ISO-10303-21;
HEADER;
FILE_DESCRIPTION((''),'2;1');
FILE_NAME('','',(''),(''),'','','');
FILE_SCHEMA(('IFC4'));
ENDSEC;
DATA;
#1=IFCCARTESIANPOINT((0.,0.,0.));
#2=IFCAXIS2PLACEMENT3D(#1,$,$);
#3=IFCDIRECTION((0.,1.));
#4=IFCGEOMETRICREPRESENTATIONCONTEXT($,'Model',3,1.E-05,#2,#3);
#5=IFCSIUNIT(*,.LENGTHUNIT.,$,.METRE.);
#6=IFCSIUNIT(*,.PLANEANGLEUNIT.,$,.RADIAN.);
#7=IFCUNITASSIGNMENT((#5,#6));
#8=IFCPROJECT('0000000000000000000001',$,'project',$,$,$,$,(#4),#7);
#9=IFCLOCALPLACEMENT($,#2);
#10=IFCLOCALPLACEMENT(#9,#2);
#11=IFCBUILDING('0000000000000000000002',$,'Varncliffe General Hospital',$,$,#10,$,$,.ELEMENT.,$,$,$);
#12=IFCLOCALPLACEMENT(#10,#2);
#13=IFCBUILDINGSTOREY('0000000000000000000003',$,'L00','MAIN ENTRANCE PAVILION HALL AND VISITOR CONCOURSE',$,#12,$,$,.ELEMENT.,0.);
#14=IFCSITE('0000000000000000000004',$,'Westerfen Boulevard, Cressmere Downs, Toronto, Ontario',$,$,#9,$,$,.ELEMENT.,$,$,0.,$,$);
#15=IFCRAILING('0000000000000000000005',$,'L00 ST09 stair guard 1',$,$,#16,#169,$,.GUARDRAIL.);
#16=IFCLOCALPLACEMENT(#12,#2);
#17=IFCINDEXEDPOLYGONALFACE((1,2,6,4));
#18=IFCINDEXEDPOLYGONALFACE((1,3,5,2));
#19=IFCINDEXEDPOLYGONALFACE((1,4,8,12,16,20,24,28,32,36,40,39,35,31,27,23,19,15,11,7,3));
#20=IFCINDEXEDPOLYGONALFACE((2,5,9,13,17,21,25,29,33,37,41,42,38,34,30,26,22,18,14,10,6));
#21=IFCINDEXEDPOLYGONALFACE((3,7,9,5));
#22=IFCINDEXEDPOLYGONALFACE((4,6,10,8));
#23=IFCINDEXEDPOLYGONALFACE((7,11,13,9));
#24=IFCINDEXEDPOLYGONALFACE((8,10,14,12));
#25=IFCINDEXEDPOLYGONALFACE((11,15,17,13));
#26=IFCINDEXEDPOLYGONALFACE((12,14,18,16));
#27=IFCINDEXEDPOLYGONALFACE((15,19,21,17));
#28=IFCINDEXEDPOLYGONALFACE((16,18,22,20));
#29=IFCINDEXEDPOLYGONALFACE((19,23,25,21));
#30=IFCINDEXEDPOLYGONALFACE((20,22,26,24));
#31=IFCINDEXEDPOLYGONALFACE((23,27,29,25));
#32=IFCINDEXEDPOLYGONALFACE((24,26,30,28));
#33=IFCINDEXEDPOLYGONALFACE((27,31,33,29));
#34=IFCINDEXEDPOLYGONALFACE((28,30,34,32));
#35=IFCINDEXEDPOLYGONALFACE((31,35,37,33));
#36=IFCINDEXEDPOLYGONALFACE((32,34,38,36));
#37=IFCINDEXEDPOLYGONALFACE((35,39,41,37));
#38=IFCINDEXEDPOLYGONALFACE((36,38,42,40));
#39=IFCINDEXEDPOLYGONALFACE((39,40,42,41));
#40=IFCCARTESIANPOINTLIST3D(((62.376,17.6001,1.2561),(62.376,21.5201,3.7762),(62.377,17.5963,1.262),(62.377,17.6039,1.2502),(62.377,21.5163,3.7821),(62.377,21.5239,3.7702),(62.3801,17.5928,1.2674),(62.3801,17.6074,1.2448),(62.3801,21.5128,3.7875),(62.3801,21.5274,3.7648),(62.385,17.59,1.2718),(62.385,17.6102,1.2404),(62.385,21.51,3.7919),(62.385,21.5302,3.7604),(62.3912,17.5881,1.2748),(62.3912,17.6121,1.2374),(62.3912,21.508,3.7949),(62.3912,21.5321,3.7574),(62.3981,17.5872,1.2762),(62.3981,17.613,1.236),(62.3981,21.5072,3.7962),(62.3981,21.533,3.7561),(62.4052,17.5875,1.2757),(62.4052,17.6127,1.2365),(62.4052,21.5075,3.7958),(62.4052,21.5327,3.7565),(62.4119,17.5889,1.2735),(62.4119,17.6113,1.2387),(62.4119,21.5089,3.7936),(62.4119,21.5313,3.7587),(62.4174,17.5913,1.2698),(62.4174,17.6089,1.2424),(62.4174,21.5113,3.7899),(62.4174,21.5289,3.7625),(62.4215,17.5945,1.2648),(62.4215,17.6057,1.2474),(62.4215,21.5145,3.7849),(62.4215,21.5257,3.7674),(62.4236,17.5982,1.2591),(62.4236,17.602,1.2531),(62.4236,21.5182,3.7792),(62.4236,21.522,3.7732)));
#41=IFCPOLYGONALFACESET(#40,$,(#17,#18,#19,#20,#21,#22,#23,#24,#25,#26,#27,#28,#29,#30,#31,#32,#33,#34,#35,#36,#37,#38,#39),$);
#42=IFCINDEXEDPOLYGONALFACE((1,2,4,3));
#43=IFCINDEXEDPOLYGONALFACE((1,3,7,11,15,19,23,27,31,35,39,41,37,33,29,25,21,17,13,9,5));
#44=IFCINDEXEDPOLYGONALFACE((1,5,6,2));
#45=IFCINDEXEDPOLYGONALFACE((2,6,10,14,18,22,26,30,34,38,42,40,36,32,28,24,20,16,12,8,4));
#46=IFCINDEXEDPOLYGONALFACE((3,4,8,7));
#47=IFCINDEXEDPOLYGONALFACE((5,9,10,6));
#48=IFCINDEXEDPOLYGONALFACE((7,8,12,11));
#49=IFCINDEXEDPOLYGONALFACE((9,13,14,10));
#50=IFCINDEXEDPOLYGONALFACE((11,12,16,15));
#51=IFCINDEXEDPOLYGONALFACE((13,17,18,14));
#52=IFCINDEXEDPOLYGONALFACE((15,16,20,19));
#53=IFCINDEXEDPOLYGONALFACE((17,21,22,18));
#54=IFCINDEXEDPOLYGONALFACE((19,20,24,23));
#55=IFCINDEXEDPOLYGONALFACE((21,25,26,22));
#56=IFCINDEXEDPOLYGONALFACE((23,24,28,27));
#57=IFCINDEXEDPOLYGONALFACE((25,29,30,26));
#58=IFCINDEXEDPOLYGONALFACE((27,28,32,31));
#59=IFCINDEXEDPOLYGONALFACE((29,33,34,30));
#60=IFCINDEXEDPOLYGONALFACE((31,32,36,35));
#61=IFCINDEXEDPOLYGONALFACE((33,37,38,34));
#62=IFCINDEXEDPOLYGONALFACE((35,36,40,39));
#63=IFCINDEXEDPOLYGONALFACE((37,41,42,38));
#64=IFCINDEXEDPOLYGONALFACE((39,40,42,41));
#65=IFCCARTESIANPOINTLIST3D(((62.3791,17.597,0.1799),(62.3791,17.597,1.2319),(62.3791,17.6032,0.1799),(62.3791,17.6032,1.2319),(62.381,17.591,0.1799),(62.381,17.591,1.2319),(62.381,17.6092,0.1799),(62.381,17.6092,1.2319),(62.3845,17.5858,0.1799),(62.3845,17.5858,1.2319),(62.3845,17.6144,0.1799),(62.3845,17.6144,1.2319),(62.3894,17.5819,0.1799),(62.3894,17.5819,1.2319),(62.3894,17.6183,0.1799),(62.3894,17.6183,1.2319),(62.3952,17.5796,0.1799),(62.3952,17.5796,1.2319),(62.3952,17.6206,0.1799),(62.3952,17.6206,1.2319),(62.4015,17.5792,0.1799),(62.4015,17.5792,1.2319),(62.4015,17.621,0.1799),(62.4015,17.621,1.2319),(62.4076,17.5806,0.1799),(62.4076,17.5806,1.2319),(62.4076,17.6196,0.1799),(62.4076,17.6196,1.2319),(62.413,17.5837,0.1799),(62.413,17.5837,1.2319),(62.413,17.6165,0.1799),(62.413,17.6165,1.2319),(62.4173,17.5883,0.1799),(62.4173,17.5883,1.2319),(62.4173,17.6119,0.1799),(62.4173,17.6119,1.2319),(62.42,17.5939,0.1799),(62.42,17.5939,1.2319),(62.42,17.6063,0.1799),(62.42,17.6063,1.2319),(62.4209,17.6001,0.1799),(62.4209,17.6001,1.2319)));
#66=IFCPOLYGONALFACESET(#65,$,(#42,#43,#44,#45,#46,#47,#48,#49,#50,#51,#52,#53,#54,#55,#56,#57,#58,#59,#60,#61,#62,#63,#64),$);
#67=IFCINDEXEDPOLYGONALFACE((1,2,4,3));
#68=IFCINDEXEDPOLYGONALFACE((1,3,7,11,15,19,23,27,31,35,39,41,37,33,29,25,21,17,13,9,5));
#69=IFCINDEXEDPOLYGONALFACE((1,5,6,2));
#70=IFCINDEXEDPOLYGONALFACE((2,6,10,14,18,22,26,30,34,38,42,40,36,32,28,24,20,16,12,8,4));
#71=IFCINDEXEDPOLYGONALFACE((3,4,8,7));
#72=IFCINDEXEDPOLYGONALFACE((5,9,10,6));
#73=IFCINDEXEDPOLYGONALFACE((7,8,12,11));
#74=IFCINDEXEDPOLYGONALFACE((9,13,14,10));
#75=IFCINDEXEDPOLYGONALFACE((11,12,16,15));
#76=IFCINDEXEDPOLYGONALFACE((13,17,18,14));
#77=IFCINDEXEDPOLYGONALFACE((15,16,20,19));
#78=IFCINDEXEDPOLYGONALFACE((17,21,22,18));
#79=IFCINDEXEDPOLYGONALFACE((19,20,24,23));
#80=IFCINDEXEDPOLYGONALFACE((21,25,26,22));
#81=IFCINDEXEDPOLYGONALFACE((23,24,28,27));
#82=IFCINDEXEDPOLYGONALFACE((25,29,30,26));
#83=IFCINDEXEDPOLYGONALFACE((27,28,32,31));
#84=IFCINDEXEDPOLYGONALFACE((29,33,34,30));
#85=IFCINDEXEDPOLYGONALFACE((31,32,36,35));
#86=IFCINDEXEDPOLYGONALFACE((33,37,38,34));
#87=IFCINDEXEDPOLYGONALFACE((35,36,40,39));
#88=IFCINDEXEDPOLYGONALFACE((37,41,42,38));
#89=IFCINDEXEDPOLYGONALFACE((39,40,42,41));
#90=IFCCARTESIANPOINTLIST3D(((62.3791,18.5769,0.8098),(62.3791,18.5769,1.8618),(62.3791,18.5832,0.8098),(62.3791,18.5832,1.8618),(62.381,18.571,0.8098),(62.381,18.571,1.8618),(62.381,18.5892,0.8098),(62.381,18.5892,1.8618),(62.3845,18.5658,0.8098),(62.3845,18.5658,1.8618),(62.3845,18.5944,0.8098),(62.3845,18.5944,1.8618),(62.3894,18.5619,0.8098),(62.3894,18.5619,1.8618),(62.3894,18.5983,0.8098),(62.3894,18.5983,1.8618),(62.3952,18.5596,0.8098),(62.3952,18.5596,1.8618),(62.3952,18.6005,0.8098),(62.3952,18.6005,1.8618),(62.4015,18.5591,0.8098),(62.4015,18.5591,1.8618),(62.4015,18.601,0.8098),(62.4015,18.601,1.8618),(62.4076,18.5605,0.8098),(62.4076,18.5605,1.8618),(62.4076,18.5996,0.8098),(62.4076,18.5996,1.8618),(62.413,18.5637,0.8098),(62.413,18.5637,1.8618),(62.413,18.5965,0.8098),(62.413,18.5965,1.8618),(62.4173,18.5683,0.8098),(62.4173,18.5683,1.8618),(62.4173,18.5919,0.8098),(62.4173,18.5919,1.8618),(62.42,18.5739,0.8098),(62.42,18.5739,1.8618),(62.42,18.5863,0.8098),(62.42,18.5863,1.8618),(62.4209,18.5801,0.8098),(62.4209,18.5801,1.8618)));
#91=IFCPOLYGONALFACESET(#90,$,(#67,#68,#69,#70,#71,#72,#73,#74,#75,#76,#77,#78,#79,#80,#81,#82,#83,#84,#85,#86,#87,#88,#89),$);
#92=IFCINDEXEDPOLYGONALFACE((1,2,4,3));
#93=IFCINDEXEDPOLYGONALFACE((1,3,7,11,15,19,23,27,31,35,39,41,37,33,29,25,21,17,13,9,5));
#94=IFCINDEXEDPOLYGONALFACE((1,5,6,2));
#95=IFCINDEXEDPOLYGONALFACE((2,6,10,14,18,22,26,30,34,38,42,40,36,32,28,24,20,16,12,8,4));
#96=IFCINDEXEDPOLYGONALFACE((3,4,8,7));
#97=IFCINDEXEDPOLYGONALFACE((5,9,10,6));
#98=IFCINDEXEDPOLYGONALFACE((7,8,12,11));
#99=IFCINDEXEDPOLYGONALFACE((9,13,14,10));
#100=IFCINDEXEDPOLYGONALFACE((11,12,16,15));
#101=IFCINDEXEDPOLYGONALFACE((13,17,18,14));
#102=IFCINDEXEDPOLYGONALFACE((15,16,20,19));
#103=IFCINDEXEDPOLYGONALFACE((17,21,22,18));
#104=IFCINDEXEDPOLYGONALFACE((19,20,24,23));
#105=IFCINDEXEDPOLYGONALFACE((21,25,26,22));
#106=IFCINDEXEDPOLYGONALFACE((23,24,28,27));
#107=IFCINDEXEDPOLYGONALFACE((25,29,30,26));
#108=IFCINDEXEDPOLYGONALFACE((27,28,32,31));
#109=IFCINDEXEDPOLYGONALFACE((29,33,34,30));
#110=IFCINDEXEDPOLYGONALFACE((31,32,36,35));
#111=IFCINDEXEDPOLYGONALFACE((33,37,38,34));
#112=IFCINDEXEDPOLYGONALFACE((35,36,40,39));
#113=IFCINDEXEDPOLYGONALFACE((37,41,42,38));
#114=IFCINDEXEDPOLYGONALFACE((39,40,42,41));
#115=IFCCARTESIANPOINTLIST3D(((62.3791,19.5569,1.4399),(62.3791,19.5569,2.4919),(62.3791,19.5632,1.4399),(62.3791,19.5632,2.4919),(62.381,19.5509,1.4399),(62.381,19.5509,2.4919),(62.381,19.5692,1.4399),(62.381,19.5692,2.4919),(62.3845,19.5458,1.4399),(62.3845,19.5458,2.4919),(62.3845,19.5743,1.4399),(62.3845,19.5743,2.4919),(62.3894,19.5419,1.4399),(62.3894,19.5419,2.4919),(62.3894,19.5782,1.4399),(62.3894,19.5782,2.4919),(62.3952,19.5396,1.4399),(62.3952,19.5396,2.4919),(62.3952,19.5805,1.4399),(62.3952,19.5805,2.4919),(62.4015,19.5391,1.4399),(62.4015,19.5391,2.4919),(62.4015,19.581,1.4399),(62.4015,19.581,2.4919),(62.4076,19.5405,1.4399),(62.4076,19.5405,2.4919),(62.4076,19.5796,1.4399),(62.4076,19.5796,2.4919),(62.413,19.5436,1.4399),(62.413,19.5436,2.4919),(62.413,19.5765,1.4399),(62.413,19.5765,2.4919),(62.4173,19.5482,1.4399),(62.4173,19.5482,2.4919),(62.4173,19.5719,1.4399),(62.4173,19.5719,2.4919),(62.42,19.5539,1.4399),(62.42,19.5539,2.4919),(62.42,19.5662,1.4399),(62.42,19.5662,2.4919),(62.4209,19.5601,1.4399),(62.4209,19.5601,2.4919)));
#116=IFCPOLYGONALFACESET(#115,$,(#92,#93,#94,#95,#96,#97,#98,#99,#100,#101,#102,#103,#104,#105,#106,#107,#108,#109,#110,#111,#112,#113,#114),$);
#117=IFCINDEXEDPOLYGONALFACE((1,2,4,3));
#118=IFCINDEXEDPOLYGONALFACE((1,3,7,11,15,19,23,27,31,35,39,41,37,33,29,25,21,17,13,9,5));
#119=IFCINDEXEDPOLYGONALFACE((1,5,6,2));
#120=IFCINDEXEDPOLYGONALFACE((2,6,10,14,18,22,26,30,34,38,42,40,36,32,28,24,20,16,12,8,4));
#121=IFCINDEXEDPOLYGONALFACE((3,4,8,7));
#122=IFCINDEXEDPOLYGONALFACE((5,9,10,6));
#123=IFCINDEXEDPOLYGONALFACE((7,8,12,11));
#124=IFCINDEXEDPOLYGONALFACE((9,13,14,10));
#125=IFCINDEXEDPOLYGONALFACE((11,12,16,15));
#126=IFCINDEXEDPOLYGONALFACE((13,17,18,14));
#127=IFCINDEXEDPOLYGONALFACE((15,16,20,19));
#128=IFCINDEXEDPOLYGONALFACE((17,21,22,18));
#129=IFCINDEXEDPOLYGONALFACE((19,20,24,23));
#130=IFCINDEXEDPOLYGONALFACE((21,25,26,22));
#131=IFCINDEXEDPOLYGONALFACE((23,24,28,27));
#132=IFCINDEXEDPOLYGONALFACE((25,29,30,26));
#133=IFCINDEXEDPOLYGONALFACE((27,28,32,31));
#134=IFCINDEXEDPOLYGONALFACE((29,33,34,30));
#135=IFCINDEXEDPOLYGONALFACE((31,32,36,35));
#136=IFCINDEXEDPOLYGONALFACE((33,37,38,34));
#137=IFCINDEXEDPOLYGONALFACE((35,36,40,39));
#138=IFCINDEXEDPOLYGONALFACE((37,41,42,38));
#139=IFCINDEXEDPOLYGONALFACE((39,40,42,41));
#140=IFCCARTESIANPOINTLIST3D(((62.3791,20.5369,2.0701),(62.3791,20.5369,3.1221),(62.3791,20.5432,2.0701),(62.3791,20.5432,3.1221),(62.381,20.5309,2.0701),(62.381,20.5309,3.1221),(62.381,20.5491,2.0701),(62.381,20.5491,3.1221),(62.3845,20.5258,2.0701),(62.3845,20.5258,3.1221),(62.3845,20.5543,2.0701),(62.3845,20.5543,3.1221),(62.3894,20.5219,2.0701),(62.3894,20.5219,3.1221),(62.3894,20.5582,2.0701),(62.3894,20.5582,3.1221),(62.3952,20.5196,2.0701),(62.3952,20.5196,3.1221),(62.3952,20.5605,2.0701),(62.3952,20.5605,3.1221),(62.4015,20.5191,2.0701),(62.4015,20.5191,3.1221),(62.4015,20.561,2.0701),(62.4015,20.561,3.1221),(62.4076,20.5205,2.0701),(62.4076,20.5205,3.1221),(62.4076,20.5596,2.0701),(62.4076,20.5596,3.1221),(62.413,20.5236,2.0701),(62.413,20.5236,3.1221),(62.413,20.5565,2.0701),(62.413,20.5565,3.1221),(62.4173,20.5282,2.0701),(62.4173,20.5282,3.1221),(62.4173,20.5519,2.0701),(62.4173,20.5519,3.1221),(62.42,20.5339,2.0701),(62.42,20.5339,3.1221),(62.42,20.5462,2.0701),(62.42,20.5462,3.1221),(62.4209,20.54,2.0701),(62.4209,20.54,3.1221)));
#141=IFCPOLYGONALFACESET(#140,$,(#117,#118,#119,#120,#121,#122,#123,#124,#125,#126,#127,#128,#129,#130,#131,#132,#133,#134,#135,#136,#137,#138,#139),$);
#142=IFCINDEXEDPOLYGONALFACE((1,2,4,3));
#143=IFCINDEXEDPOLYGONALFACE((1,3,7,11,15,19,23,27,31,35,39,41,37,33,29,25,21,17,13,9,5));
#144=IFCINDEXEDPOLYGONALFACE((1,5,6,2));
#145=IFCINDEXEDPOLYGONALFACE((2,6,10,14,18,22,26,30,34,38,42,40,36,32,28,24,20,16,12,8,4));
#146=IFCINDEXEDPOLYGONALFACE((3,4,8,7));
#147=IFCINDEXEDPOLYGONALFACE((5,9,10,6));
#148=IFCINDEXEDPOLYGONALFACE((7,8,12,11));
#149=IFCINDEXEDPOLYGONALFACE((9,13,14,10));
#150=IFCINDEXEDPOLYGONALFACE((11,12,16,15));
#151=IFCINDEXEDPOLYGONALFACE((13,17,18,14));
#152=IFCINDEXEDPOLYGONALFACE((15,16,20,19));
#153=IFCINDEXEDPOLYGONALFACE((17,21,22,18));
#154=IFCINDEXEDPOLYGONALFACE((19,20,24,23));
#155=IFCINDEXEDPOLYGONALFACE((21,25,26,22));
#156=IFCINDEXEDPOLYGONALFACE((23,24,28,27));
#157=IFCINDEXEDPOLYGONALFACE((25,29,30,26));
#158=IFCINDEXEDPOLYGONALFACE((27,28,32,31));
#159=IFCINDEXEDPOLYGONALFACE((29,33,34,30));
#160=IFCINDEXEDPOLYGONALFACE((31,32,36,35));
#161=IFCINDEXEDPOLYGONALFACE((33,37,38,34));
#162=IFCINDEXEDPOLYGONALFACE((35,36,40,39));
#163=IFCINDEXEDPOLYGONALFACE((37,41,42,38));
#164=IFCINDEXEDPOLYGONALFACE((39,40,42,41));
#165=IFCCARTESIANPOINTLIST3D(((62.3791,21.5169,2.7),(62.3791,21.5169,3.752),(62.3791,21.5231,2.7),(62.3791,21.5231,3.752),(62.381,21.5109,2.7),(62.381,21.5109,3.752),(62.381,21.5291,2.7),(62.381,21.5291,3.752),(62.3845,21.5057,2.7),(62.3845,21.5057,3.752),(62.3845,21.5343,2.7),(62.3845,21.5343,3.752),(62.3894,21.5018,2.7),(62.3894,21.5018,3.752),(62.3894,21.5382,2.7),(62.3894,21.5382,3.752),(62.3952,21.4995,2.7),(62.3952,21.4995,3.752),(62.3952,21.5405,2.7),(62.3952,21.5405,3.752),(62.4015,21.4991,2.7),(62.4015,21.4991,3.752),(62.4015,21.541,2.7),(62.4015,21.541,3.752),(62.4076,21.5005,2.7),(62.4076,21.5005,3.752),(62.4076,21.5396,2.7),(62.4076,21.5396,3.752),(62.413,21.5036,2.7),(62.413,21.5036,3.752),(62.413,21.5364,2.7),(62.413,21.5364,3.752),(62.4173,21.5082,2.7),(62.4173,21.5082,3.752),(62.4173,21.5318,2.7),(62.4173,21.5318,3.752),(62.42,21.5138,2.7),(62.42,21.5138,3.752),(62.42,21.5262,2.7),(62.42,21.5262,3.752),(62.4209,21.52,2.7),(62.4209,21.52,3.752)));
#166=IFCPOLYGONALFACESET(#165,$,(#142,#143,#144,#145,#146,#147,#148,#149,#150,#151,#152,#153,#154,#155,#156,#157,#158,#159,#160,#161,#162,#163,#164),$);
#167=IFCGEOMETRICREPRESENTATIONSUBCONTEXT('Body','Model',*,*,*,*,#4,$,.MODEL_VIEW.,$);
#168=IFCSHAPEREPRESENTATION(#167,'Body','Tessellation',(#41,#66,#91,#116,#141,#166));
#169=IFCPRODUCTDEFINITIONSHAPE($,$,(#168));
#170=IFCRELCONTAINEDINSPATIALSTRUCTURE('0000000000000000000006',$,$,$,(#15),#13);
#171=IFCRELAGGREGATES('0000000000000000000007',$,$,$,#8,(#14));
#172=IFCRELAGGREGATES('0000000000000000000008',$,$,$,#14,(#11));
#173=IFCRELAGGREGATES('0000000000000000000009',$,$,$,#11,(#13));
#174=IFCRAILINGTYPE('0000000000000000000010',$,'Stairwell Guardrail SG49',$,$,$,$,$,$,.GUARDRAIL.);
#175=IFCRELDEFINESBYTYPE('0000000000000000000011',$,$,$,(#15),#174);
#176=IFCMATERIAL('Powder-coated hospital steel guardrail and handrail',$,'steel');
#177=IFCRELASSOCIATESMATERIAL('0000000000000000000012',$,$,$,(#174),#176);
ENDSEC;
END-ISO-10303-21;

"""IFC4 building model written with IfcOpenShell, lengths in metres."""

from ifc_helpers import new_model, si_unit, direction, frame, origin, origin_2d, place, context, subcontext, project, spatial, circle, extrude, material, type_object, element, save


model = new_model("IFC4")

# Units and contexts
model_context = context("Model", 3, precision=1e-05, world=origin(), true_north=direction((0.0, 1.0)))
body_context = subcontext(model_context, "Body", "Model", "MODEL_VIEW")
ifc_project = project(units=[si_unit("LENGTHUNIT", "METRE"), si_unit("PLANEANGLEUNIT", "RADIAN")], contexts=[model_context])

# Site, building, storey
site_placement = place(None, origin())
site = spatial("IfcSite", under=ifc_project, at=site_placement, Name="Westerfen Boulevard, Cressmere Downs, Toronto, Ontario", CompositionType="ELEMENT", RefElevation=0.0)
building_placement = place(site_placement, origin())
building = spatial("IfcBuilding", under=site, at=building_placement, Name="Varncliffe General Hospital", CompositionType="ELEMENT")
storey_placement = place(building_placement, origin())
storey = spatial("IfcBuildingStorey", under=building, at=storey_placement, Name="L00", Description="MAIN ENTRANCE PAVILION HALL AND VISITOR CONCOURSE", CompositionType="ELEMENT", Elevation=0.0)

# Railing
ifc_material_1 = material(Name="Powder-coated hospital steel guardrail and handrail", Category="steel")
railing_type_1 = type_object("IfcRailingType", Name="Stairwell Guardrail SG49", PredefinedType="GUARDRAIL", material=ifc_material_1)
railing_1_placement = place(storey_placement, frame((62.3999, 17.6001, 0.1799)))
element("IfcRailing", 1, at=railing_1_placement, inside=storey, type_object=railing_type_1, Name="L00 ST09 stair guard 1", PredefinedType="GUARDRAIL", context=body_context, shape_type="SweptSolid", body=[
    extrude(circle(Radius=0.0239, at=origin_2d()), frame((0.0, 0.0, 1.0762), z_axis=(0.0, 0.841172, 0.540768), x_axis=(-1.0, 0.0, 0.0)), (0.0, 0.0, 1.0), 4.6602),
    extrude(circle(Radius=0.021, at=origin_2d()), origin(), (0.0, 0.0, 1.0), 1.052),
    extrude(circle(Radius=0.021, at=origin_2d()), frame((0.0, 0.98, 0.6299)), (0.0, 0.0, 1.0), 1.052),
    extrude(circle(Radius=0.021, at=origin_2d()), frame((0.0, 1.96, 1.26)), (0.0, 0.0, 1.0), 1.052),
    extrude(circle(Radius=0.021, at=origin_2d()), frame((0.0, 2.9399, 1.8901)), (0.0, 0.0, 1.0), 1.052),
    extrude(circle(Radius=0.021, at=origin_2d()), frame((0.0, 3.9199, 2.52)), (0.0, 0.0, 1.0), 1.052),
])

save(model, "model.ifc")
